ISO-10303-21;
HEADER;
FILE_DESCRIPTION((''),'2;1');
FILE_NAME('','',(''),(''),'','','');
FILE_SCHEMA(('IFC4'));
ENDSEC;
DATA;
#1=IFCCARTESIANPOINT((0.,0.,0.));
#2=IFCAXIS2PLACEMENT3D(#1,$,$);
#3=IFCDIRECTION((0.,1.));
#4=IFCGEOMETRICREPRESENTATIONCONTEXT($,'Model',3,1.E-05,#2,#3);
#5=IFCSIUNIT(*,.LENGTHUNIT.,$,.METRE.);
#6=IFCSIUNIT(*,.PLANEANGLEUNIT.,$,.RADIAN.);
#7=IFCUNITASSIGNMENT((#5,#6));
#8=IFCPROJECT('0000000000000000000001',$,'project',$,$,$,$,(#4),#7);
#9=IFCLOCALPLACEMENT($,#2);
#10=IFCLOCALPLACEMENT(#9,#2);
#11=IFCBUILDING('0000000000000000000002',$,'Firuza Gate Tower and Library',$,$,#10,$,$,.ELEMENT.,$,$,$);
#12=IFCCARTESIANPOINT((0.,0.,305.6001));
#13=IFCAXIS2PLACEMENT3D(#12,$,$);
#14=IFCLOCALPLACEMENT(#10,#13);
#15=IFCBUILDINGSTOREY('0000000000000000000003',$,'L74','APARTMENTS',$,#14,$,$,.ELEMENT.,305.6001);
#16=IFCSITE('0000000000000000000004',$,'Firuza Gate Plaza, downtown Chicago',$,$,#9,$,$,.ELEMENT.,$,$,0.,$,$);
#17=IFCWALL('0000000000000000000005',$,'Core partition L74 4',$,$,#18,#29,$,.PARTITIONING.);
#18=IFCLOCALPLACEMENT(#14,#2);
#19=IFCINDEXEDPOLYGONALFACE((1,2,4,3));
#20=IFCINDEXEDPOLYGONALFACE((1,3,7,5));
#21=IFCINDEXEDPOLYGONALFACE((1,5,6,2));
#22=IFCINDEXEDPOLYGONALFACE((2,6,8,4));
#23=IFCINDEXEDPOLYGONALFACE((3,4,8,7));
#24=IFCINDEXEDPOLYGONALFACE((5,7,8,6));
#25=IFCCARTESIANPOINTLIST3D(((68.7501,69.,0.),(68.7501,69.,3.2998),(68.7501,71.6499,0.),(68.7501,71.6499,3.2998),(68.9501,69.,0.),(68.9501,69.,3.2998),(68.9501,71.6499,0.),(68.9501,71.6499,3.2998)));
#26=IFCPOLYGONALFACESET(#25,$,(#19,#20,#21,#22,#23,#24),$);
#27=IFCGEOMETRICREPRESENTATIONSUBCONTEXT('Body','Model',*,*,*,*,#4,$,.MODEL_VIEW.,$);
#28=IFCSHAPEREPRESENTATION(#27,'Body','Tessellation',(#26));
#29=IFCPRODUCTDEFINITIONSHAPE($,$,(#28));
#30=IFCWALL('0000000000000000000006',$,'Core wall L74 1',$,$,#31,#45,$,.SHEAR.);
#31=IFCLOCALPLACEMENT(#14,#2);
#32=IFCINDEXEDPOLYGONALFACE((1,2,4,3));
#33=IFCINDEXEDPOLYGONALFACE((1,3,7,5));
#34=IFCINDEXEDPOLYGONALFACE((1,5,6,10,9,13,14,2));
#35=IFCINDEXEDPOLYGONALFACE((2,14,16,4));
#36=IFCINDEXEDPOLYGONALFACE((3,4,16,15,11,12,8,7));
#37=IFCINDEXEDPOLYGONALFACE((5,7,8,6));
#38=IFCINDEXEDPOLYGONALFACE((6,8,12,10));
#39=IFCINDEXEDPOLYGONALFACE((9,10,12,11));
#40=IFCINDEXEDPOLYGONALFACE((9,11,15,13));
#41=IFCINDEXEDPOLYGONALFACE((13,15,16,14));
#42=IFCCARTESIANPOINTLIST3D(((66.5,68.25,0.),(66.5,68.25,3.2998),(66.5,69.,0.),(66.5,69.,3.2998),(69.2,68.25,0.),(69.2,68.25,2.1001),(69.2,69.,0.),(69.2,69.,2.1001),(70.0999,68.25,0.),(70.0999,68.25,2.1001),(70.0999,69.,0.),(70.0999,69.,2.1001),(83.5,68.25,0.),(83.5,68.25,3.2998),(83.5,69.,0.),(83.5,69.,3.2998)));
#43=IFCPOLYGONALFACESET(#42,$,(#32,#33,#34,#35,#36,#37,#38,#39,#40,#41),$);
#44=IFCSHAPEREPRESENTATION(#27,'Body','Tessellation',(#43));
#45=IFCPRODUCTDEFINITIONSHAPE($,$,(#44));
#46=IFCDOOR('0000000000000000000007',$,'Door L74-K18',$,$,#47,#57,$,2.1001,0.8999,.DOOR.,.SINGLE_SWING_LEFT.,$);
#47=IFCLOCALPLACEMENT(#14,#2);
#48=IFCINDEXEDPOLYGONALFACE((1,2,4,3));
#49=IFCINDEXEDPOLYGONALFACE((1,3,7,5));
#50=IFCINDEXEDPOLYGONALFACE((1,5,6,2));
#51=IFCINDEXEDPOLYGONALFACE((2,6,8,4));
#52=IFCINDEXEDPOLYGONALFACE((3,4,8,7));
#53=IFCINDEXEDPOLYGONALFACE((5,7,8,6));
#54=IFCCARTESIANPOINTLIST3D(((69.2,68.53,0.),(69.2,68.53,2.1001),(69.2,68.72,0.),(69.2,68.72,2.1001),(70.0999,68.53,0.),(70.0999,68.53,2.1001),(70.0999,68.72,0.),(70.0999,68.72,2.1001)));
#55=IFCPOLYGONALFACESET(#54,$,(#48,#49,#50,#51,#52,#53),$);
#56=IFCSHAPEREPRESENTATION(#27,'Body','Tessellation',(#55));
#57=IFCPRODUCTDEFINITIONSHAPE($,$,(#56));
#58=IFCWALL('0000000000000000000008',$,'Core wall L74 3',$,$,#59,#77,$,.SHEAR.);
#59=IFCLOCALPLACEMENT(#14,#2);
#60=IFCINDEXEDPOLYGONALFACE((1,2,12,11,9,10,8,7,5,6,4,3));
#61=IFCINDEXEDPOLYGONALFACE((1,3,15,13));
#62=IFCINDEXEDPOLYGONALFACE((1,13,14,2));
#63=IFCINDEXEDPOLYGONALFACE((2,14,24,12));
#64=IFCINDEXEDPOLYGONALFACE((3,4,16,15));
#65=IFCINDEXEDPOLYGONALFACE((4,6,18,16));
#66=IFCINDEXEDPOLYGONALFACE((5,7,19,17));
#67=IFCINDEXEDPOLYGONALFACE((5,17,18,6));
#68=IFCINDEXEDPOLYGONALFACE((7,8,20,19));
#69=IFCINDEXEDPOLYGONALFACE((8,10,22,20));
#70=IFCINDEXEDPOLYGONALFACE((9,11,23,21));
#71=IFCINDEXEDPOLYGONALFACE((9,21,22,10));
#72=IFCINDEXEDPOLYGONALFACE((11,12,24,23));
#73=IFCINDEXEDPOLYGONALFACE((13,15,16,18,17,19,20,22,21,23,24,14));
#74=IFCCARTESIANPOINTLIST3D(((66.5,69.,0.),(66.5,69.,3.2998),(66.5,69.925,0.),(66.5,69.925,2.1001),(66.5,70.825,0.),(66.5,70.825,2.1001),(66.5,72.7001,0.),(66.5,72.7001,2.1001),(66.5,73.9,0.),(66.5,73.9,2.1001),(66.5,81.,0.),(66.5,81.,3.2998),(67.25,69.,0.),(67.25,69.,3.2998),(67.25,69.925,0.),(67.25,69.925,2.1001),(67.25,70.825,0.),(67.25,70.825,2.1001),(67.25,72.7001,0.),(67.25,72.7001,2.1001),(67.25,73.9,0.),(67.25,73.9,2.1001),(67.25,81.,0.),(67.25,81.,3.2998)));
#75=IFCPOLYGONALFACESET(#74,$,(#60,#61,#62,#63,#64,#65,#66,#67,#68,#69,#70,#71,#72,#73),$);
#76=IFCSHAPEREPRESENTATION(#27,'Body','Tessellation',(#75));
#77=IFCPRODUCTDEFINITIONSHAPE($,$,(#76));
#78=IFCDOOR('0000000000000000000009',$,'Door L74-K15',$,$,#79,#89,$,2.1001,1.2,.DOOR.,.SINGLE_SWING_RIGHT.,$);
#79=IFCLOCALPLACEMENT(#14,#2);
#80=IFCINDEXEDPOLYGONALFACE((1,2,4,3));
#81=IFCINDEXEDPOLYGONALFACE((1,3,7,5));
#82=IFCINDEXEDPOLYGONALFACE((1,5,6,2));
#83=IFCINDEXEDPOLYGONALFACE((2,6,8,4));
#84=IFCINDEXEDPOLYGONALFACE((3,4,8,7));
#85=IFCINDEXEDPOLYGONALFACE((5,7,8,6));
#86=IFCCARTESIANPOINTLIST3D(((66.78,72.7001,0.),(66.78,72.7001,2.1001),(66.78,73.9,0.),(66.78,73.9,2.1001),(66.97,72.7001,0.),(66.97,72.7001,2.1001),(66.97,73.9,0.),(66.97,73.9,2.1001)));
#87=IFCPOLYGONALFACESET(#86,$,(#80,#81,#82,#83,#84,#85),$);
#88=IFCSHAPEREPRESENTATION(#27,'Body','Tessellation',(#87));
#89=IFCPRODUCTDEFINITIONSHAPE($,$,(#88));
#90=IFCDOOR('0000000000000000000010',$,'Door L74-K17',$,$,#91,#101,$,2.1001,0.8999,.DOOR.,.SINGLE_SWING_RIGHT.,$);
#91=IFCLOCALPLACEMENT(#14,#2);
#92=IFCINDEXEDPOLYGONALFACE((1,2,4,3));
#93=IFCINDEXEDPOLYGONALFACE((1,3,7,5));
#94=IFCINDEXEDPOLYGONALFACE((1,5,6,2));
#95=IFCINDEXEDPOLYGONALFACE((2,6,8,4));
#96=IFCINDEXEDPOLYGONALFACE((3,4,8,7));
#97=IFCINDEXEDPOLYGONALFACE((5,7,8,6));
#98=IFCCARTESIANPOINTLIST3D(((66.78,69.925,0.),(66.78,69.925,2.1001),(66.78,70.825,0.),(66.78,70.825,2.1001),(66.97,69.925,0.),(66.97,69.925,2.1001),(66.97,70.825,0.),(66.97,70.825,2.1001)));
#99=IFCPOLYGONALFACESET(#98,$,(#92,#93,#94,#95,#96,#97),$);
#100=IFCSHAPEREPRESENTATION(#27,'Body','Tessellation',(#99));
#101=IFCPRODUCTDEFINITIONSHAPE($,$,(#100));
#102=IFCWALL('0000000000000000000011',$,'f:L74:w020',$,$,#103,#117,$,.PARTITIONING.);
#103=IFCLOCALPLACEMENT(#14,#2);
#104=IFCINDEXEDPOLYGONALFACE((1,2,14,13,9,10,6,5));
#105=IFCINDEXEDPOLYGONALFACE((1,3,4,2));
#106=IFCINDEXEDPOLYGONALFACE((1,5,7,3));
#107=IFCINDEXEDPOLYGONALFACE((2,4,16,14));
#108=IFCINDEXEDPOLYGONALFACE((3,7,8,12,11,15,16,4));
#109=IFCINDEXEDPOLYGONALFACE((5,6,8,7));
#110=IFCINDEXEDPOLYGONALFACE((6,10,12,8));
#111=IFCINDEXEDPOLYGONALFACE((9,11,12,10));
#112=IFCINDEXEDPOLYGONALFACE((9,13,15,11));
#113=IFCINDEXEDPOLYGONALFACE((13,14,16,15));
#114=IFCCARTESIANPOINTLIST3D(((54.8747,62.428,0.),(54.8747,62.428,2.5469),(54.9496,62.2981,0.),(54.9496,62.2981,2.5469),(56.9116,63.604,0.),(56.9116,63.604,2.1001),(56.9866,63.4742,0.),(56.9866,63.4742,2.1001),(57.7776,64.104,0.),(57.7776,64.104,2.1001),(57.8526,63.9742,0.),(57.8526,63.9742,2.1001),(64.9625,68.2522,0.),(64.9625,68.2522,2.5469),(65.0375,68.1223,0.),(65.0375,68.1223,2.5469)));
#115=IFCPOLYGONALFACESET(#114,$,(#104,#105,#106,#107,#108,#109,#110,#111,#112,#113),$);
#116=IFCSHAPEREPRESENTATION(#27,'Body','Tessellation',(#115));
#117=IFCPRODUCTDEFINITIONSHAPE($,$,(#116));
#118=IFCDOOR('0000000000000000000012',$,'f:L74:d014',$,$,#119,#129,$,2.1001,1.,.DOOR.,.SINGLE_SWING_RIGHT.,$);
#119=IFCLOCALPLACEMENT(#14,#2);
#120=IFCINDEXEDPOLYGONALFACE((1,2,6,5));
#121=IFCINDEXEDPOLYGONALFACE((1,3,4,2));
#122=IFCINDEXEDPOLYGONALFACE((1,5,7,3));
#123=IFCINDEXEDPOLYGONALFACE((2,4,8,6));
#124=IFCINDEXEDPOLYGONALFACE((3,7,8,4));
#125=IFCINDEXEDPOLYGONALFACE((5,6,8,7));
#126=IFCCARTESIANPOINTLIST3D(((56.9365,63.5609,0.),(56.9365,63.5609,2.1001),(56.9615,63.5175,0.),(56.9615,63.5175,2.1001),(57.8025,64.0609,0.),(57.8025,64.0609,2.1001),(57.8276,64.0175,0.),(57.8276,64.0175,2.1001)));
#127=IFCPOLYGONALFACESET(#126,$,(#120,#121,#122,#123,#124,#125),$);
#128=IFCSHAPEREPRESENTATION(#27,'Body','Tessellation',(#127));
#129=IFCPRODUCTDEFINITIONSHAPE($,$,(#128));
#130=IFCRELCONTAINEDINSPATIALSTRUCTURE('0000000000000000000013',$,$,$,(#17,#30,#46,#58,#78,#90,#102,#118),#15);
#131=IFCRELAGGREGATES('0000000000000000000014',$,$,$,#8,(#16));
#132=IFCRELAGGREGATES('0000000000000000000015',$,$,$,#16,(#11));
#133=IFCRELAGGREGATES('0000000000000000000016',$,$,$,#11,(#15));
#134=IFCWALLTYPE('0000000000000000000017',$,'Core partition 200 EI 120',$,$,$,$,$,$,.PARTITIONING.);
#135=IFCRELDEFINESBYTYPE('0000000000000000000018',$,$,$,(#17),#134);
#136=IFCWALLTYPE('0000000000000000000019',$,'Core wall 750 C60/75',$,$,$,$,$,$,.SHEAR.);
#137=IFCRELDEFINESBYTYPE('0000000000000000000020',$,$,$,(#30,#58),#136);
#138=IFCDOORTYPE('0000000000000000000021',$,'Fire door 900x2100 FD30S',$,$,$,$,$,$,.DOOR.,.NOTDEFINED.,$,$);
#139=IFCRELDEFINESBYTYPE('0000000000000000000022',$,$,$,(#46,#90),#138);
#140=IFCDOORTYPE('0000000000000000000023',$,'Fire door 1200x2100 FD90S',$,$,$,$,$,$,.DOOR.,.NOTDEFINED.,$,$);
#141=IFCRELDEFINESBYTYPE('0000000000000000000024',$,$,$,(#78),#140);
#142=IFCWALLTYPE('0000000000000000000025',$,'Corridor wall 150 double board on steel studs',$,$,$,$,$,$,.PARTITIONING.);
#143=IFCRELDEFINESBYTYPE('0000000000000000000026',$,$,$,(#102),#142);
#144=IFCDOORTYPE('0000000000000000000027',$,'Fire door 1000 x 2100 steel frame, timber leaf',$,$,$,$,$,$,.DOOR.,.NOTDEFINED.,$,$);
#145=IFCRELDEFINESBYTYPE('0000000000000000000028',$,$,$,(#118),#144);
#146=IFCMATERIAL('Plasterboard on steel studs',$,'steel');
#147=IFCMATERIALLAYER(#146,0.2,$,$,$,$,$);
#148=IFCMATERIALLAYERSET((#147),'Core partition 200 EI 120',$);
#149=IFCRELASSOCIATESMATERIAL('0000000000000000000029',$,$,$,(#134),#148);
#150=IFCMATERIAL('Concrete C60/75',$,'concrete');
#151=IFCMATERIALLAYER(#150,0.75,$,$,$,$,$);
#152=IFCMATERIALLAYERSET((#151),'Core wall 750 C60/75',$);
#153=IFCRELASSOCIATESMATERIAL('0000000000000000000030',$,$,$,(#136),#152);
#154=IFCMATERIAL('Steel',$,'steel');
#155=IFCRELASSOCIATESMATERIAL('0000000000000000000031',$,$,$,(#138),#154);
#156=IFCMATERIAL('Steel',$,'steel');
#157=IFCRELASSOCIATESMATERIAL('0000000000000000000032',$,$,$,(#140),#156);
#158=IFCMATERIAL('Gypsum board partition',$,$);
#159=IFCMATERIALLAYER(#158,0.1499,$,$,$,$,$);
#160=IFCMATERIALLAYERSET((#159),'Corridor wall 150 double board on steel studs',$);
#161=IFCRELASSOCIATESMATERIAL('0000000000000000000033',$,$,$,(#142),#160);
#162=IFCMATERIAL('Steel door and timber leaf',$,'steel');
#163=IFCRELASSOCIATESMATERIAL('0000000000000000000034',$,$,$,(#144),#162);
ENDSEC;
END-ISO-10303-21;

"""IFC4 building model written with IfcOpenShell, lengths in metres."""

from ifc_helpers import new_model, si_unit, direction, frame, frame_2d, origin, place, context, subcontext, project, spatial, rectangle, extrude, material, layer, layer_set, type_object, element, fill, save


model = new_model("IFC4")

# Units and contexts
model_context = context("Model", 3, precision=1e-05, world=origin(), true_north=direction((0.0, 1.0)))
body_context = subcontext(model_context, "Body", "Model", "MODEL_VIEW")
ifc_project = project(units=[si_unit("LENGTHUNIT", "METRE"), si_unit("PLANEANGLEUNIT", "RADIAN")], contexts=[model_context])

# Site, building, storey
site_placement = place(None, origin())
site = spatial("IfcSite", under=ifc_project, at=site_placement, Name="Firuza Gate Plaza, downtown Chicago", CompositionType="ELEMENT", RefElevation=0.0)
building_placement = place(site_placement, origin())
building = spatial("IfcBuilding", under=site, at=building_placement, Name="Firuza Gate Tower and Library", CompositionType="ELEMENT")
storey_placement = place(building_placement, frame((0.0, 0.0, 305.6001)))
storey = spatial("IfcBuildingStorey", under=building, at=storey_placement, Name="L74", Description="APARTMENTS", CompositionType="ELEMENT", Elevation=305.6001)

# Wall
ifc_material_1 = material(Name="Plasterboard on steel studs", Category="steel")
ifc_layer_1 = layer(ifc_material_1, 0.2)
ifc_layer_set_1 = layer_set([ifc_layer_1], Name="Core partition 200 EI 120")
wall_type_1 = type_object("IfcWallType", Name="Core partition 200 EI 120", PredefinedType="PARTITIONING", material=ifc_layer_set_1)
wall_1_placement = place(storey_placement, frame((68.8501, 69.0, 0.0), z_axis=(0.0, 0.0, 1.0), x_axis=(0.0, 1.0, 0.0)))
element("IfcWall", 1, at=wall_1_placement, inside=storey, type_object=wall_type_1, Name="Core partition L74 4", PredefinedType="PARTITIONING", context=body_context, shape_type="SweptSolid", body=[
    extrude(rectangle(XDim=2.6499, YDim=0.2, at=frame_2d((1.325, 0.0))), origin(), (0.0, 0.0, 1.0), 3.2998),
])

# Wall, opening, door
ifc_material_2 = material(Name="Concrete C60/75", Category="concrete")
ifc_layer_2 = layer(ifc_material_2, 0.75)
ifc_layer_set_2 = layer_set([ifc_layer_2], Name="Core wall 750 C60/75")
wall_type_2 = type_object("IfcWallType", Name="Core wall 750 C60/75", PredefinedType="SHEAR", material=ifc_layer_set_2)
wall_2_placement = place(storey_placement, frame((66.5, 68.625, 0.0), z_axis=(0.0, 0.0, 1.0), x_axis=(1.0, 0.0, 0.0)))
wall_2 = element("IfcWall", 2, at=wall_2_placement, inside=storey, type_object=wall_type_2, Name="Core wall L74 1", PredefinedType="SHEAR", context=body_context, shape_type="SweptSolid", body=[
    extrude(rectangle(XDim=17.0, YDim=0.75, at=frame_2d((8.5, 0.0))), origin(), (0.0, 0.0, 1.0), 3.2998),
])
opening_1_placement = place(wall_2_placement, frame((2.7, 0.0, 0.0)))
opening_1 = element("IfcOpeningElement", 3, at=opening_1_placement, cuts=wall_2, PredefinedType="OPENING", context=body_context, shape_type="SweptSolid", body=[
    extrude(rectangle(XDim=0.8999, YDim=2.1001, at=frame_2d((0.45, 1.05))), frame((0.0, 0.385, 0.0), z_axis=(0.0, -1.0, 0.0), x_axis=(1.0, 0.0, 0.0)), (0.0, 0.0, 1.0), 0.77),
])
ifc_material_3 = material(Name="Steel", Category="steel")
door_type_1 = type_object("IfcDoorType", Name="Fire door 900x2100 FD30S", OperationType="NOTDEFINED", PredefinedType="DOOR", material=ifc_material_3)
door_1_placement = place(opening_1_placement, origin())
door_1 = element("IfcDoor", 4, at=door_1_placement, inside=storey, type_object=door_type_1, Name="Door L74-K18", OperationType="SINGLE_SWING_LEFT", OverallHeight=2.1001, OverallWidth=0.8999, PredefinedType="DOOR", context=body_context, shape_type="SweptSolid", body=[
    extrude(rectangle(XDim=0.8999, YDim=2.1001, at=frame_2d((0.45, 1.05))), frame((0.0, 0.095, 0.0), z_axis=(0.0, -1.0, 0.0), x_axis=(1.0, 0.0, 0.0)), (0.0, 0.0, 1.0), 0.1899),
])
fill(opening_1, door_1)

# Wall, openings, doors
wall_3_placement = place(storey_placement, frame((66.875, 69.0, 0.0), z_axis=(0.0, 0.0, 1.0), x_axis=(0.0, 1.0, 0.0)))
wall_3 = element("IfcWall", 5, at=wall_3_placement, inside=storey, type_object=wall_type_2, Name="Core wall L74 3", PredefinedType="SHEAR", context=body_context, shape_type="SweptSolid", body=[
    extrude(rectangle(XDim=12.0, YDim=0.75, at=frame_2d((6.0, 0.0))), origin(), (0.0, 0.0, 1.0), 3.2998),
])
opening_2_placement = place(wall_3_placement, frame((3.7, 0.0, 0.0)))
opening_2 = element("IfcOpeningElement", 6, at=opening_2_placement, cuts=wall_3, PredefinedType="OPENING", context=body_context, shape_type="SweptSolid", body=[
    extrude(rectangle(XDim=1.2, YDim=2.1001, at=frame_2d((0.6001, 1.05))), frame((0.0, 0.385, 0.0), z_axis=(0.0, -1.0, 0.0), x_axis=(1.0, 0.0, 0.0)), (0.0, 0.0, 1.0), 0.77),
])
opening_3_placement = place(wall_3_placement, frame((0.925, 0.0, 0.0)))
opening_3 = element("IfcOpeningElement", 7, at=opening_3_placement, cuts=wall_3, PredefinedType="OPENING", context=body_context, shape_type="SweptSolid", body=[
    extrude(rectangle(XDim=0.8999, YDim=2.1001, at=frame_2d((0.45, 1.05))), frame((0.0, 0.385, 0.0), z_axis=(0.0, -1.0, 0.0), x_axis=(1.0, 0.0, 0.0)), (0.0, 0.0, 1.0), 0.77),
])
ifc_material_4 = material(Name="Steel", Category="steel")
door_type_2 = type_object("IfcDoorType", Name="Fire door 1200x2100 FD90S", OperationType="NOTDEFINED", PredefinedType="DOOR", material=ifc_material_4)
door_2_placement = place(opening_2_placement, origin())
door_2 = element("IfcDoor", 8, at=door_2_placement, inside=storey, type_object=door_type_2, Name="Door L74-K15", OperationType="SINGLE_SWING_RIGHT", OverallHeight=2.1001, OverallWidth=1.2, PredefinedType="DOOR", context=body_context, shape_type="SweptSolid", body=[
    extrude(rectangle(XDim=1.2, YDim=2.1001, at=frame_2d((0.6001, 1.05))), frame((0.0, 0.095, 0.0), z_axis=(0.0, -1.0, 0.0), x_axis=(1.0, 0.0, 0.0)), (0.0, 0.0, 1.0), 0.1899),
])
fill(opening_2, door_2)
door_3_placement = place(opening_3_placement, origin())
door_3 = element("IfcDoor", 9, at=door_3_placement, inside=storey, type_object=door_type_1, Name="Door L74-K17", OperationType="SINGLE_SWING_RIGHT", OverallHeight=2.1001, OverallWidth=0.8999, PredefinedType="DOOR", context=body_context, shape_type="SweptSolid", body=[
    extrude(rectangle(XDim=0.8999, YDim=2.1001, at=frame_2d((0.45, 1.05))), frame((0.0, 0.095, 0.0), z_axis=(0.0, -1.0, 0.0), x_axis=(1.0, 0.0, 0.0)), (0.0, 0.0, 1.0), 0.1899),
])
fill(opening_3, door_3)

# Wall, opening, door
ifc_material_5 = material(Name="Gypsum board partition")
ifc_layer_3 = layer(ifc_material_5, 0.1499)
ifc_layer_set_3 = layer_set([ifc_layer_3], Name="Corridor wall 150 double board on steel studs")
wall_type_3 = type_object("IfcWallType", Name="Corridor wall 150 double board on steel studs", PredefinedType="PARTITIONING", material=ifc_layer_set_3)
wall_4_placement = place(storey_placement, frame((65.0, 68.1873, 0.0), z_axis=(0.0, 0.0, 1.0), x_axis=(-0.866026, -0.499998, 0.0)))
wall_4 = element("IfcWall", 10, at=wall_4_placement, inside=storey, type_object=wall_type_3, Name="f:L74:w020", PredefinedType="PARTITIONING", context=body_context, shape_type="SweptSolid", body=[
    extrude(rectangle(XDim=11.6484, YDim=0.1499, at=frame_2d((5.8242, 0.0))), origin(), (0.0, 0.0, 1.0), 2.5469),
])
opening_4_placement = place(wall_4_placement, frame((8.2964, 0.0, 0.0)))
opening_4 = element("IfcOpeningElement", 11, at=opening_4_placement, cuts=wall_4, PredefinedType="OPENING", context=body_context, shape_type="SweptSolid", body=[
    extrude(rectangle(XDim=1.0, YDim=2.1001, at=frame_2d((0.5, 1.05))), frame((0.0, 0.085, 0.0), z_axis=(0.0, -1.0, 0.0), x_axis=(1.0, 0.0, 0.0)), (0.0, 0.0, 1.0), 0.1699),
])
ifc_material_6 = material(Name="Steel door and timber leaf", Category="steel")
door_type_3 = type_object("IfcDoorType", Name="Fire door 1000 x 2100 steel frame, timber leaf", OperationType="NOTDEFINED", PredefinedType="DOOR", material=ifc_material_6)
door_4_placement = place(opening_4_placement, origin())
door_4 = element("IfcDoor", 12, at=door_4_placement, inside=storey, type_object=door_type_3, Name="f:L74:d014", OperationType="SINGLE_SWING_RIGHT", OverallHeight=2.1001, OverallWidth=1.0, PredefinedType="DOOR", context=body_context, shape_type="SweptSolid", body=[
    extrude(rectangle(XDim=1.0, YDim=2.1001, at=frame_2d((0.5, 1.05))), frame((0.0, 0.0249, 0.0), z_axis=(0.0, -1.0, 0.0), x_axis=(1.0, 0.0, 0.0)), (0.0, 0.0, 1.0), 0.05),
])
fill(opening_4, door_4)

save(model, "model.ifc")
